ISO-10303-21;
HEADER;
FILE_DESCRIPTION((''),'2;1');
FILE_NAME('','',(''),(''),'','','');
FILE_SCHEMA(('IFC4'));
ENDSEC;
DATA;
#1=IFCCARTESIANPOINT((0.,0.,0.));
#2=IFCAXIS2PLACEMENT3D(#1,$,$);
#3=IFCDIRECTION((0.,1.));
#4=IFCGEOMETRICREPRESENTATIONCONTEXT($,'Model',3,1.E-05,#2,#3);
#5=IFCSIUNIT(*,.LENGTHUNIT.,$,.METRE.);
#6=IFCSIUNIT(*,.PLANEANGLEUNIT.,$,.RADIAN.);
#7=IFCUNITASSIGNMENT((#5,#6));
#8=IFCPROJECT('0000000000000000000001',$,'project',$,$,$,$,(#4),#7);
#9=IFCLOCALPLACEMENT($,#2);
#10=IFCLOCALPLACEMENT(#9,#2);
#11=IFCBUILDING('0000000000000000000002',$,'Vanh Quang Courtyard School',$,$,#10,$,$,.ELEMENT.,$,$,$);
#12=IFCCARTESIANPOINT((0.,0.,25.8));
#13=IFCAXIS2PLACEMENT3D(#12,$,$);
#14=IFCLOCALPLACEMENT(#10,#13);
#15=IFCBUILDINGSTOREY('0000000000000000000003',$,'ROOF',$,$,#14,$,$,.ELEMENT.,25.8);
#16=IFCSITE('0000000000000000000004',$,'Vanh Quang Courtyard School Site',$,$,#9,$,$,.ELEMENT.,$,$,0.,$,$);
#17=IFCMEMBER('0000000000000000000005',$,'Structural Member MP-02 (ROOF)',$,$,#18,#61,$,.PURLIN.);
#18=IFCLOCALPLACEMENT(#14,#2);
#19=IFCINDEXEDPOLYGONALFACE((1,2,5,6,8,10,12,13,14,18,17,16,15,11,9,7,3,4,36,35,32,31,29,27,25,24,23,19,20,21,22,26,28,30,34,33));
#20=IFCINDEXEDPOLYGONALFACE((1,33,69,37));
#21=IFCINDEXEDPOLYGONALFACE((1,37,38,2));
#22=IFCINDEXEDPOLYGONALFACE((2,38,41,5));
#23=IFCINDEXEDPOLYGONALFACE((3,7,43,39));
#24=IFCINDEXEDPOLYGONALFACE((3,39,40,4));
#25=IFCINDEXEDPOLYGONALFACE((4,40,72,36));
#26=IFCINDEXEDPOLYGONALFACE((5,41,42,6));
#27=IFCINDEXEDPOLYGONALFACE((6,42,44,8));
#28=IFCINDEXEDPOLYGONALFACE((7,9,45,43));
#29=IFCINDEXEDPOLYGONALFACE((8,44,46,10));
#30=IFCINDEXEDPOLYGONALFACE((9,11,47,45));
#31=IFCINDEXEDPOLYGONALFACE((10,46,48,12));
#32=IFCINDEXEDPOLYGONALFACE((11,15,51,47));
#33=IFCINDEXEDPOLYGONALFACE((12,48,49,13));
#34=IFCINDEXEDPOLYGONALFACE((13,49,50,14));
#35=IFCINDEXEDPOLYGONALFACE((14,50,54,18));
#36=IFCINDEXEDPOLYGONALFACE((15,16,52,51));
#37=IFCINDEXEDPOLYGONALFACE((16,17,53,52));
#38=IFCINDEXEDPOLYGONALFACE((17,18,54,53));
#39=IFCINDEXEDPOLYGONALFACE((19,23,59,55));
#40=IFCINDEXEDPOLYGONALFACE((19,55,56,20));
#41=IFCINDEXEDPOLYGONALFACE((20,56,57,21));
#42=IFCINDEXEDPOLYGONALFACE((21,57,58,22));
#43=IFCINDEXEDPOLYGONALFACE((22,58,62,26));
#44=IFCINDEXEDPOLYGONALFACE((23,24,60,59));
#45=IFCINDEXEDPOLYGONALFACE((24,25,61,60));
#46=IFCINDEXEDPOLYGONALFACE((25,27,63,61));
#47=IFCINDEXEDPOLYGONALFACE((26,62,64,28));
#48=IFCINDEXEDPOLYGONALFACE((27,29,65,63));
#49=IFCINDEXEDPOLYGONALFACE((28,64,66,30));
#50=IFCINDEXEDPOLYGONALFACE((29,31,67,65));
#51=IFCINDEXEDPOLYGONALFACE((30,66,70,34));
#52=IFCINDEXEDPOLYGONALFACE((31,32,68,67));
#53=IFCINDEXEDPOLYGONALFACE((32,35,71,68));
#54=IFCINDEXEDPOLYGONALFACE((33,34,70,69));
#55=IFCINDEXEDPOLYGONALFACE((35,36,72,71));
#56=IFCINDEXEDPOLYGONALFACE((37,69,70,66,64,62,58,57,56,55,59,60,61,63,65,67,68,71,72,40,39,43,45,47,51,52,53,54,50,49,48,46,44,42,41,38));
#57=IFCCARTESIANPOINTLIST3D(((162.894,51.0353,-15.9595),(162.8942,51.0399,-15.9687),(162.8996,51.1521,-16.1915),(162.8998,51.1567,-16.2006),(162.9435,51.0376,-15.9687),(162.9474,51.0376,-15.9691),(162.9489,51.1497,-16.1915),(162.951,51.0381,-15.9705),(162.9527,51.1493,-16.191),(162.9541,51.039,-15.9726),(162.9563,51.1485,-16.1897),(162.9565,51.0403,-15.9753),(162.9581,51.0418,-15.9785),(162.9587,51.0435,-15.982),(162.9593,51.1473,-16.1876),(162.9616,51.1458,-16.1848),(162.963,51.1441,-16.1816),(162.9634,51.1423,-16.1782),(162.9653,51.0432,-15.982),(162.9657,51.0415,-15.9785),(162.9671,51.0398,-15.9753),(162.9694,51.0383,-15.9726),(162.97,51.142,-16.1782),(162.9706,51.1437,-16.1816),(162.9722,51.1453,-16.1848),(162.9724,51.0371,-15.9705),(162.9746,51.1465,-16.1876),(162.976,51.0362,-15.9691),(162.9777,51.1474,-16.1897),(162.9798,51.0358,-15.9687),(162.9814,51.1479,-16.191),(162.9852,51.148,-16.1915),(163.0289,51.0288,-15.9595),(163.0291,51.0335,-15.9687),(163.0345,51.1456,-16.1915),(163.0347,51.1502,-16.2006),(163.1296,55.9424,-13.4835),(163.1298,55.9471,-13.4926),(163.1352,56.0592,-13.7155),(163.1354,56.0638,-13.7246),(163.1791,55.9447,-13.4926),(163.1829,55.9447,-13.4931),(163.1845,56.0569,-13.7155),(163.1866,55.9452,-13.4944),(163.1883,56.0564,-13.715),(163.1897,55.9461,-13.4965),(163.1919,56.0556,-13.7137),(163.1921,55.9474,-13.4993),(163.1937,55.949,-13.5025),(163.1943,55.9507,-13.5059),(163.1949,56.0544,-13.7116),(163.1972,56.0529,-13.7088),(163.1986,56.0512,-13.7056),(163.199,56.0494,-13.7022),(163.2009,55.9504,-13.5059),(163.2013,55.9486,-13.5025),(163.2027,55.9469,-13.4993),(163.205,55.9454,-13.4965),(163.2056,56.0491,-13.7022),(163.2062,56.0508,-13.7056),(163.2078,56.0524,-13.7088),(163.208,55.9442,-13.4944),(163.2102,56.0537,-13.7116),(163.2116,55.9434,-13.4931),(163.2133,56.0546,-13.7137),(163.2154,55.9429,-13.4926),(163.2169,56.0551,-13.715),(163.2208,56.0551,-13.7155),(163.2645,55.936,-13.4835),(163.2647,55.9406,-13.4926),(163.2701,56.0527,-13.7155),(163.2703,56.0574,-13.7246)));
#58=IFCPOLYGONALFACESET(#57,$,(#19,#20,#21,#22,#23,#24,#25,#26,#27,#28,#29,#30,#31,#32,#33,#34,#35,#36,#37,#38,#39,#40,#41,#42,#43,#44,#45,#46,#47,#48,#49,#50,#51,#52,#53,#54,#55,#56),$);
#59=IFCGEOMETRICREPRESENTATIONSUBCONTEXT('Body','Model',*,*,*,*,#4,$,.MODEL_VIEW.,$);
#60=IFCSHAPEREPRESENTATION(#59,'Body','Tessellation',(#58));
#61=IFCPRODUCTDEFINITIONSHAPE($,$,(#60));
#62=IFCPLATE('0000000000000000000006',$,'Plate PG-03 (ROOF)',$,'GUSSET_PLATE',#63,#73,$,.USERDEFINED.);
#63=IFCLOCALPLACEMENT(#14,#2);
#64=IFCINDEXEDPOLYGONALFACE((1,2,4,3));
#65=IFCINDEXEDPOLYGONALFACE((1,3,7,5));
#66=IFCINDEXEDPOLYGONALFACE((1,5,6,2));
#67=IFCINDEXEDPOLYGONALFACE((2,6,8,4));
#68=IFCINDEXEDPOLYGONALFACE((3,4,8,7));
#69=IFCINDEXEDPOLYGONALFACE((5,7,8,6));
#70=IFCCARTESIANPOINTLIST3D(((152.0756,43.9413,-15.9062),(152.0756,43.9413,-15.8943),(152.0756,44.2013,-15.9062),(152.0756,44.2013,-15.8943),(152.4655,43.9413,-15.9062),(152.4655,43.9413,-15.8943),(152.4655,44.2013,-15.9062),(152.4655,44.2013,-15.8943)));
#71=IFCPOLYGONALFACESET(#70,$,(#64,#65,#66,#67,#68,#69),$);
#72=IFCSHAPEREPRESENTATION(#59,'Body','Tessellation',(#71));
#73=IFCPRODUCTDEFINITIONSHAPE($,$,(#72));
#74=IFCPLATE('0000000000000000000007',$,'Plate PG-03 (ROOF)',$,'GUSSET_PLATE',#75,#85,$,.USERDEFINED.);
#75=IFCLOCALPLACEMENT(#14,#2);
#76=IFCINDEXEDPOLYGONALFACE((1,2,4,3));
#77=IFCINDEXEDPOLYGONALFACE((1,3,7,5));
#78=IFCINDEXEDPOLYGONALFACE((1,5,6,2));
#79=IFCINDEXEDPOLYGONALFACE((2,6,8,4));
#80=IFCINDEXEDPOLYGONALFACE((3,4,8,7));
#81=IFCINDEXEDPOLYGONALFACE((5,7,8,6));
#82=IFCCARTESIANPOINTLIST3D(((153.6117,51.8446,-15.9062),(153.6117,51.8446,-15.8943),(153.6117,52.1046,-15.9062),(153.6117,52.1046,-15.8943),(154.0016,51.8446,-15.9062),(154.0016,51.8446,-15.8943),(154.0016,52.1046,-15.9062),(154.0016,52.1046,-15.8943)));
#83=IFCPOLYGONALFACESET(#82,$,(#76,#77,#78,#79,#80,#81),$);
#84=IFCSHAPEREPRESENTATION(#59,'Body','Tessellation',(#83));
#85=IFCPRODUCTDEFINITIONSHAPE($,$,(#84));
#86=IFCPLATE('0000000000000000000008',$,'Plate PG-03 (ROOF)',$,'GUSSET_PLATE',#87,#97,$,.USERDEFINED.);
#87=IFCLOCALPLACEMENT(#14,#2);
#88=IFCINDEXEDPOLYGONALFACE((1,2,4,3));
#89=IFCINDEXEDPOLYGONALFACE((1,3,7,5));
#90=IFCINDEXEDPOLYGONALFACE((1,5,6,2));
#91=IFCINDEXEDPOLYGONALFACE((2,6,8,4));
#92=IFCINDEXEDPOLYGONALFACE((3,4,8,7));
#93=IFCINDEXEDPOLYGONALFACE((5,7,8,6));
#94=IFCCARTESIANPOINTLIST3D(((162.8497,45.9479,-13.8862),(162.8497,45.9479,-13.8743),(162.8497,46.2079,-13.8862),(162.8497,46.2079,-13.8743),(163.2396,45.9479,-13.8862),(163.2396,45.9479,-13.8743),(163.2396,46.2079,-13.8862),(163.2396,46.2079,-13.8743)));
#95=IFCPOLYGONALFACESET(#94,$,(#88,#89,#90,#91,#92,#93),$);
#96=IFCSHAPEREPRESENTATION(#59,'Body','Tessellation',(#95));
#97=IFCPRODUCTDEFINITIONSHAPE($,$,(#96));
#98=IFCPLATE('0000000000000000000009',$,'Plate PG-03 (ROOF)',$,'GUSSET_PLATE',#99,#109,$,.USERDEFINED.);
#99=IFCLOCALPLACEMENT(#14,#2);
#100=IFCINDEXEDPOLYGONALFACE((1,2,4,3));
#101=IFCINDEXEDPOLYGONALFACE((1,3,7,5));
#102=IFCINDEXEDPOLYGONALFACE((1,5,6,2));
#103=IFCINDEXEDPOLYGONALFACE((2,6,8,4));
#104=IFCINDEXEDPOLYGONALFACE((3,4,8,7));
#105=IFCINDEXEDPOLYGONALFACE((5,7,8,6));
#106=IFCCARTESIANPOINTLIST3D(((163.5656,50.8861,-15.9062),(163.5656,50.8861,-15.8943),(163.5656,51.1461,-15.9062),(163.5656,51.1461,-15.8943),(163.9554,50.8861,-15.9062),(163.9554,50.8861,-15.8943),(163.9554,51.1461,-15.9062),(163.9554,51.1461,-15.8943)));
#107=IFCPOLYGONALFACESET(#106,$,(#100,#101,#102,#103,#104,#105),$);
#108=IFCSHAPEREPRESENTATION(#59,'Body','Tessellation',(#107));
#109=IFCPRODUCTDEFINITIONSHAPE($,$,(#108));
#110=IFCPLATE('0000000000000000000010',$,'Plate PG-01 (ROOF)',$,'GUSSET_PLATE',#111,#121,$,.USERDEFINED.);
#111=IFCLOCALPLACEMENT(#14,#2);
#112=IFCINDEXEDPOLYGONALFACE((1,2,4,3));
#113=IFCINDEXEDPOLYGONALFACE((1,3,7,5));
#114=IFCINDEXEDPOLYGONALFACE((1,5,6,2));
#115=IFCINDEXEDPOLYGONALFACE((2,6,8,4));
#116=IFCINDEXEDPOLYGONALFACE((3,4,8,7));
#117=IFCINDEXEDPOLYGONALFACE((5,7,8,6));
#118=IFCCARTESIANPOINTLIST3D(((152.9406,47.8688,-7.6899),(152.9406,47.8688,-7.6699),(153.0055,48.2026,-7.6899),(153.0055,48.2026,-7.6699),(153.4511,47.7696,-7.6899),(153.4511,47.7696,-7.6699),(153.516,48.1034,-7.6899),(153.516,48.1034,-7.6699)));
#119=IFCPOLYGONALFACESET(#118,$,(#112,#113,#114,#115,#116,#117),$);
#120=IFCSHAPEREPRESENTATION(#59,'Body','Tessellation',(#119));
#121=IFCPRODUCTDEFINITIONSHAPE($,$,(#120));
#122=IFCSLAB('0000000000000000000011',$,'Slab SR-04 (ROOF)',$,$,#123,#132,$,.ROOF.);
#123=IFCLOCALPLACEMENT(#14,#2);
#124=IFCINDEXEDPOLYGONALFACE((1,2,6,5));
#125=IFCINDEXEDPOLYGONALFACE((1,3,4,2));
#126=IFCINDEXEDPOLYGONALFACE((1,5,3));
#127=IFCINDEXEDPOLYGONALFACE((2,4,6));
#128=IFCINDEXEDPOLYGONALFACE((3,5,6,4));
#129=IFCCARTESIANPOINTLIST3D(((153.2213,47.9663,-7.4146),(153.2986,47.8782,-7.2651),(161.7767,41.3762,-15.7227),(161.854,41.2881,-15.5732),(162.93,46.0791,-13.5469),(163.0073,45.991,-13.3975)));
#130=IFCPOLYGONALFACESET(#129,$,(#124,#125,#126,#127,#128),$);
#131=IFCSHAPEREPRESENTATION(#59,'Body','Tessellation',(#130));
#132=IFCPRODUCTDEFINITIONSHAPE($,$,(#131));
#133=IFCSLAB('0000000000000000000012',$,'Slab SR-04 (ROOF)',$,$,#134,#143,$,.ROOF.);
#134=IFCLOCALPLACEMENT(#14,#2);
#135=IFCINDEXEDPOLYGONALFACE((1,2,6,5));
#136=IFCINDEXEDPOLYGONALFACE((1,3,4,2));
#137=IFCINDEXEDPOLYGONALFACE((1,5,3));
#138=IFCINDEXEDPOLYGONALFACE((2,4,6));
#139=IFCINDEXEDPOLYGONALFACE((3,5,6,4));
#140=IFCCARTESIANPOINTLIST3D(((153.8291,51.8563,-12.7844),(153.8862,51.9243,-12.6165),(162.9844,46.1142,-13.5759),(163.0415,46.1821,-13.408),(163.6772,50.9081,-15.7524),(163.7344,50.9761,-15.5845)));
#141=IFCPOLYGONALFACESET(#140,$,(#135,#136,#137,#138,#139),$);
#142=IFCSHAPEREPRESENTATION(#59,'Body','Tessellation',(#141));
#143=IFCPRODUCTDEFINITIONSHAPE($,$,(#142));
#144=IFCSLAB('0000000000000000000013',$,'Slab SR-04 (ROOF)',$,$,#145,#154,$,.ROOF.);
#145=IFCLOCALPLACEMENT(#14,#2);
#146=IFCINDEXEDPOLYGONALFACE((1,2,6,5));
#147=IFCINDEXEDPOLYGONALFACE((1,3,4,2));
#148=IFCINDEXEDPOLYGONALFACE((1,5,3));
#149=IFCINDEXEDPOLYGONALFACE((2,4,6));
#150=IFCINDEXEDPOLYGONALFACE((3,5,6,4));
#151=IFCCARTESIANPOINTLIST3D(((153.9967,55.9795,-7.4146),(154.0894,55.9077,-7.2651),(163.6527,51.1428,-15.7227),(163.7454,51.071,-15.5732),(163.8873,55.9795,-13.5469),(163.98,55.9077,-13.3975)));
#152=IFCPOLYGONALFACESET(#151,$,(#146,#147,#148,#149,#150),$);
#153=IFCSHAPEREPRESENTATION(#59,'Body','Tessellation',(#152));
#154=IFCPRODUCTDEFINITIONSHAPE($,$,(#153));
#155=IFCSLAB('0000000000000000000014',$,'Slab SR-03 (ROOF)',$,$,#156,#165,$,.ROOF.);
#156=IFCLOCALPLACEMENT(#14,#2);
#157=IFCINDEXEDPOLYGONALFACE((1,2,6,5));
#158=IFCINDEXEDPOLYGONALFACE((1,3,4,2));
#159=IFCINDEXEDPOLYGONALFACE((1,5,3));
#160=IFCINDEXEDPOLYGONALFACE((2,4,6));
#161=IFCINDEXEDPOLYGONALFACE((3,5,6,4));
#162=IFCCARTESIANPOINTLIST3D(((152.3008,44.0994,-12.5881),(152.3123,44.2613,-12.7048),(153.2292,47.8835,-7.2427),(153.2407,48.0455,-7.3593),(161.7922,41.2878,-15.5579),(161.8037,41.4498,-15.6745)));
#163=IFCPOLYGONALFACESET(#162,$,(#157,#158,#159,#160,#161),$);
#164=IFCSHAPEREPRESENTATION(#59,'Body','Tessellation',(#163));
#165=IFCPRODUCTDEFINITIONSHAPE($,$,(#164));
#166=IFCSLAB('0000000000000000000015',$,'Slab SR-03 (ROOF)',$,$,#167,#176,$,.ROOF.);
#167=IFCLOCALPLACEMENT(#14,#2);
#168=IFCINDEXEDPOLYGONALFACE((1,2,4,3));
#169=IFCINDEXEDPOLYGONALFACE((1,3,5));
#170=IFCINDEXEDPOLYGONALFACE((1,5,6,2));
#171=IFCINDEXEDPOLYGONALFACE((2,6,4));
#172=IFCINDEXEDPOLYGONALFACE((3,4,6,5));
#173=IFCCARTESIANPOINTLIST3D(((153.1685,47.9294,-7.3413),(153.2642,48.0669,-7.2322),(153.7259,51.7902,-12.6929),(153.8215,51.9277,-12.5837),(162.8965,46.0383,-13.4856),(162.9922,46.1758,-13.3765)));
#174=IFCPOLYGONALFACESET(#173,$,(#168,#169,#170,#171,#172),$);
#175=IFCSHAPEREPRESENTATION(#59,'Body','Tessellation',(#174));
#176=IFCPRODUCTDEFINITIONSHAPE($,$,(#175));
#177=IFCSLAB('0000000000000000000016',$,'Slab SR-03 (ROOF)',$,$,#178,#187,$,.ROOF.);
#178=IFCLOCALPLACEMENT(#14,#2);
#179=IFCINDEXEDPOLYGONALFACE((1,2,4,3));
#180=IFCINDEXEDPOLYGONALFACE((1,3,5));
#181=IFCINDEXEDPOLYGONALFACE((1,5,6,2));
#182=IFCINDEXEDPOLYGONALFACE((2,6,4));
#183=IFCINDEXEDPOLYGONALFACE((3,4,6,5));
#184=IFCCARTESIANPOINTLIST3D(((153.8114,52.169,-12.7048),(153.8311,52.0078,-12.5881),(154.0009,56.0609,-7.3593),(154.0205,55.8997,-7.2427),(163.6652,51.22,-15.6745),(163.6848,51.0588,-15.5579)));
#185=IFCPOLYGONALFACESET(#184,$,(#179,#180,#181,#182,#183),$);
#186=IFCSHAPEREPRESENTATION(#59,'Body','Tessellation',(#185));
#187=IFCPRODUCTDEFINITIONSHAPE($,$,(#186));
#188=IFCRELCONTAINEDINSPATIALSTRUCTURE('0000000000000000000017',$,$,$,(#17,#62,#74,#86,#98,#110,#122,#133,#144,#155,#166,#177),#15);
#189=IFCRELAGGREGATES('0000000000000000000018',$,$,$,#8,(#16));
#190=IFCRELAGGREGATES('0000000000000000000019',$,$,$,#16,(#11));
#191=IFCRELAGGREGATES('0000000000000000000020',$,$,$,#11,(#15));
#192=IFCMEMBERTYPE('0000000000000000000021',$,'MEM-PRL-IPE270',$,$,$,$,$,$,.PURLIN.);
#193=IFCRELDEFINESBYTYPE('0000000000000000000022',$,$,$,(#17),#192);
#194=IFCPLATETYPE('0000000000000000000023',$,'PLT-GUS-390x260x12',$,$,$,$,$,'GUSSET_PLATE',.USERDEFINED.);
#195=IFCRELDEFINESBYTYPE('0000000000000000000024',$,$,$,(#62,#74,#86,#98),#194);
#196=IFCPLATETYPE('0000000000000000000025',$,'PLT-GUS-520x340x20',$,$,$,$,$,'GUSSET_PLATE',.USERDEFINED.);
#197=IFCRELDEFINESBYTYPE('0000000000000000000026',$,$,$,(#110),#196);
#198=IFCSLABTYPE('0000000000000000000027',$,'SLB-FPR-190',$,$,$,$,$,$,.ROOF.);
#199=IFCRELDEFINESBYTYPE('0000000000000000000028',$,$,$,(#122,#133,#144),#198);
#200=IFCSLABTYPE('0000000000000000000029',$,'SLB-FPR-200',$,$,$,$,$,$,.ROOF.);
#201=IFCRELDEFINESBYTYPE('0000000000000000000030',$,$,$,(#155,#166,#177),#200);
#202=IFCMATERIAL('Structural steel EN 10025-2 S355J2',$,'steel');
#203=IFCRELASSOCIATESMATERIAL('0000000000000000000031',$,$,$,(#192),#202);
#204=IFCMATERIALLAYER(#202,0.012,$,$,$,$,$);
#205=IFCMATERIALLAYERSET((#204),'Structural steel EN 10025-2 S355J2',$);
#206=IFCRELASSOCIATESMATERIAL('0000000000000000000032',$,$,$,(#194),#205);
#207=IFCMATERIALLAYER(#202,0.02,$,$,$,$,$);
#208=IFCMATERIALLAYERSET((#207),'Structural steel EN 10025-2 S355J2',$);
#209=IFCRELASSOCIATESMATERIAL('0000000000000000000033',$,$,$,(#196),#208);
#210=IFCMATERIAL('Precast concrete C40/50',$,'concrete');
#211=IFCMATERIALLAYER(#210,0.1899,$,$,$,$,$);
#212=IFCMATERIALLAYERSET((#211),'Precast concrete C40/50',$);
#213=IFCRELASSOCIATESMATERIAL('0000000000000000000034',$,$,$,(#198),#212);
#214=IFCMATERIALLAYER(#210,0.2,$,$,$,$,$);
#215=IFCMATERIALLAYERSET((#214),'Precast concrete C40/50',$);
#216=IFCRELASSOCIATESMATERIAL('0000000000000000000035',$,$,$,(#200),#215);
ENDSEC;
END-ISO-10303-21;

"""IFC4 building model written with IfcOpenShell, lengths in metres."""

from ifc_helpers import new_model, si_unit, direction, frame, origin, origin_2d, place, context, subcontext, project, spatial, polyline, rectangle, i_section, outline, extrude, material, layer, layer_set, material_profile, profile_set, type_object, element, save


model = new_model("IFC4")

# Units and contexts
model_context = context("Model", 3, precision=1e-05, world=origin(), true_north=direction((0.0, 1.0)))
body_context = subcontext(model_context, "Body", "Model", "MODEL_VIEW")
ifc_project = project(units=[si_unit("LENGTHUNIT", "METRE"), si_unit("PLANEANGLEUNIT", "RADIAN")], contexts=[model_context])

# Site, building, storey
site_placement = place(None, origin())
site = spatial("IfcSite", under=ifc_project, at=site_placement, Name="Vanh Quang Courtyard School Site", CompositionType="ELEMENT", RefElevation=0.0)
building_placement = place(site_placement, origin())
building = spatial("IfcBuilding", under=site, at=building_placement, Name="Vanh Quang Courtyard School", CompositionType="ELEMENT")
storey_placement = place(building_placement, frame((0.0, 0.0, 25.8)))
storey = spatial("IfcBuildingStorey", under=building, at=storey_placement, Name="ROOF", CompositionType="ELEMENT", Elevation=25.8)

# Shared definitions
ifc_material_1 = material(Name="Structural steel EN 10025-2 S355J2", Category="steel")

# Member
ifc_material_profile_1 = material_profile(ifc_material_1, i_section(OverallWidth=0.135, OverallDepth=0.27, WebThickness=0.0066, FlangeThickness=0.0103, FilletRadius=0.0149, at=origin_2d()), Name="IPE 270")
ifc_profile_set_1 = profile_set([ifc_material_profile_1], Name="Structural steel EN 10025-2 S355J2")
member_type_1 = type_object("IfcMemberType", Name="MEM-PRL-IPE270", PredefinedType="PURLIN", material=ifc_profile_set_1)
member_1_placement = place(storey_placement, frame((162.9644, 51.0928, -16.0801), z_axis=(0.042823, 0.891968, 0.450066), x_axis=(-0.99885, 0.047955, 0.0)))
element("IfcMember", 1, at=member_1_placement, inside=storey, type_object=member_type_1, Name="Structural Member MP-02 (ROOF)", PredefinedType="PURLIN", context=body_context, shape_type="SweptSolid", body=[
    extrude(i_section(OverallWidth=0.135, OverallDepth=0.27, WebThickness=0.0066, FlangeThickness=0.0103, FilletRadius=0.0149, at=origin_2d()), origin(), (0.0, 0.0, 1.0), 5.5015),
])

# Plates
ifc_layer_1 = layer(ifc_material_1, 0.012)
ifc_layer_set_1 = layer_set([ifc_layer_1], Name="Structural steel EN 10025-2 S355J2")
plate_type_1 = type_object("IfcPlateType", Name="PLT-GUS-390x260x12", ElementType="GUSSET_PLATE", PredefinedType="USERDEFINED", material=ifc_layer_set_1)
for number, where, z_axis, x_axis, name in (
    (2, (152.2705, 44.0713, -15.9062), (0.0, 0.0, 1.0), (1.0, 0.0, 0.0), "Plate PG-03 (ROOF)"),
    (3, (153.8066, 51.9746, -15.9062), (0.0, 0.0, 1.0), (1.0, 0.0, 0.0), "Plate PG-03 (ROOF)"),
    (4, (163.0447, 46.0779, -13.8862), (0.0, 0.0, 1.0), (1.0, 0.0, 0.0), "Plate PG-03 (ROOF)"),
    (5, (163.7605, 51.0161, -15.9062), (0.0, 0.0, 1.0), (1.0, 0.0, 0.0), "Plate PG-03 (ROOF)"),
):
    element("IfcPlate", number, at=place(storey_placement, frame(where, z_axis=z_axis, x_axis=x_axis)), inside=storey, type_object=plate_type_1, Name=name, ObjectType="GUSSET_PLATE", PredefinedType="USERDEFINED", context=body_context, shape_type="SweptSolid", body=[
        extrude(rectangle(XDim=0.3899, YDim=0.26, at=origin_2d()), origin(), (0.0, 0.0, 1.0), 0.012),
    ])
ifc_layer_2 = layer(ifc_material_1, 0.02)
ifc_layer_set_2 = layer_set([ifc_layer_2], Name="Structural steel EN 10025-2 S355J2")
plate_type_2 = type_object("IfcPlateType", Name="PLT-GUS-520x340x20", ElementType="GUSSET_PLATE", PredefinedType="USERDEFINED", material=ifc_layer_set_2)
plate_placement = place(storey_placement, frame((153.2283, 47.9861, -7.6899), z_axis=(0.0, 0.0, 1.0), x_axis=(0.981627, -0.190809, 0.0)))
element("IfcPlate", 6, at=plate_placement, inside=storey, type_object=plate_type_2, Name="Plate PG-01 (ROOF)", ObjectType="GUSSET_PLATE", PredefinedType="USERDEFINED", context=body_context, shape_type="SweptSolid", body=[
    extrude(rectangle(XDim=0.52, YDim=0.3401, at=origin_2d()), origin(), (0.0, 0.0, 1.0), 0.02),
])

# Slabs
ifc_material_2 = material(Name="Precast concrete C40/50", Category="concrete")
ifc_layer_3 = layer(ifc_material_2, 0.1899)
ifc_layer_set_3 = layer_set([ifc_layer_3], Name="Precast concrete C40/50")
slab_type_1 = type_object("IfcSlabType", Name="SLB-FPR-190", PredefinedType="ROOF", material=ifc_layer_set_3)
slab_1_placement = place(storey_placement, frame((153.2986, 47.8782, -7.2651), z_axis=(0.406888, -0.463861, 0.78694), x_axis=(0.627906, -0.483665, -0.609755)))
element("IfcSlab", 7, at=slab_1_placement, inside=storey, type_object=slab_type_1, Name="Slab SR-04 (ROOF)", PredefinedType="ROOF", context=body_context, shape_type="SweptSolid", body=[
    extrude(outline(polyline([(0.0, 0.0), (13.6253, 0.0), (10.7482, 4.4613), (0.0, 0.0)])), origin(), (0.0, 0.0, -1.0), 0.1899),
])
slab_2_placement = place(storey_placement, frame((153.8862, 51.9243, -12.6165), z_axis=(0.300869, 0.357853, 0.883979), x_axis=(0.844897, -0.529919, -0.073044)))
element("IfcSlab", 8, at=slab_2_placement, inside=storey, type_object=slab_type_1, Name="Slab SR-04 (ROOF)", PredefinedType="ROOF", context=body_context, shape_type="SweptSolid", body=[
    extrude(outline(polyline([(0.0, 0.0), (10.836, 0.0), (9.04, 4.9974), (0.0, 0.0)])), origin(), (0.0, 0.0, -1.0), 0.1899),
])
slab_3_placement = place(storey_placement, frame((154.0894, 55.9077, -7.2651), z_axis=(0.487921, -0.377679, 0.786951), x_axis=(0.708667, -0.35497, -0.609743)))
element("IfcSlab", 9, at=slab_3_placement, inside=storey, type_object=slab_type_1, Name="Slab SR-04 (ROOF)", PredefinedType="ROOF", context=body_context, shape_type="SweptSolid", body=[
    extrude(outline(polyline([(0.0, 0.0), (13.6256, 0.0), (10.7483, 4.4614), (0.0, 0.0)])), origin(), (0.0, 0.0, -1.0), 0.1899),
])
ifc_layer_4 = layer(ifc_material_2, 0.2)
ifc_layer_set_4 = layer_set([ifc_layer_4], Name="Precast concrete C40/50")
slab_type_2 = type_object("IfcSlabType", Name="SLB-FPR-200", PredefinedType="ROOF", material=ifc_layer_set_4)
slab_4_placement = place(storey_placement, frame((152.3008, 44.0994, -12.5881), z_axis=(-0.05741, -0.810106, 0.583465), x_axis=(0.918382, -0.27204, -0.287347)))
element("IfcSlab", 10, at=slab_4_placement, inside=storey, type_object=slab_type_2, Name="Slab SR-03 (ROOF)", PredefinedType="ROOF", context=body_context, shape_type="SweptSolid", body=[
    extrude(outline(polyline([(0.0, 0.0), (10.335, 0.0), (-1.7128, 6.3892), (0.0, 0.0)])), origin(), (0.0, 0.0, -1.0), 0.2),
])
slab_5_placement = place(storey_placement, frame((153.2642, 48.0669, -7.2322), z_axis=(0.478527, 0.687697, 0.545972), x_axis=(0.834285, -0.162184, -0.52694)))
element("IfcSlab", 11, at=slab_5_placement, inside=storey, type_object=slab_type_2, Name="Slab SR-03 (ROOF)", PredefinedType="ROOF", context=body_context, shape_type="SweptSolid", body=[
    extrude(outline(polyline([(0.0, 0.0), (11.6603, 0.0), (2.6588, 6.0652), (0.0, 0.0)])), origin(), (0.0, 0.0, -1.0), 0.2),
])
slab_6_placement = place(storey_placement, frame((153.8311, 52.0078, -12.5881), z_axis=(0.098206, -0.806176, 0.583469), x_axis=(0.953417, -0.09182, -0.287341)))
element("IfcSlab", 12, at=slab_6_placement, inside=storey, type_object=slab_type_2, Name="Slab SR-03 (ROOF)", PredefinedType="ROOF", context=body_context, shape_type="SweptSolid", body=[
    extrude(outline(polyline([(0.0, 0.0), (10.3352, 0.0), (-1.7127, 6.3893), (0.0, 0.0)])), origin(), (0.0, 0.0, -1.0), 0.2),
])

save(model, "model.ifc")
